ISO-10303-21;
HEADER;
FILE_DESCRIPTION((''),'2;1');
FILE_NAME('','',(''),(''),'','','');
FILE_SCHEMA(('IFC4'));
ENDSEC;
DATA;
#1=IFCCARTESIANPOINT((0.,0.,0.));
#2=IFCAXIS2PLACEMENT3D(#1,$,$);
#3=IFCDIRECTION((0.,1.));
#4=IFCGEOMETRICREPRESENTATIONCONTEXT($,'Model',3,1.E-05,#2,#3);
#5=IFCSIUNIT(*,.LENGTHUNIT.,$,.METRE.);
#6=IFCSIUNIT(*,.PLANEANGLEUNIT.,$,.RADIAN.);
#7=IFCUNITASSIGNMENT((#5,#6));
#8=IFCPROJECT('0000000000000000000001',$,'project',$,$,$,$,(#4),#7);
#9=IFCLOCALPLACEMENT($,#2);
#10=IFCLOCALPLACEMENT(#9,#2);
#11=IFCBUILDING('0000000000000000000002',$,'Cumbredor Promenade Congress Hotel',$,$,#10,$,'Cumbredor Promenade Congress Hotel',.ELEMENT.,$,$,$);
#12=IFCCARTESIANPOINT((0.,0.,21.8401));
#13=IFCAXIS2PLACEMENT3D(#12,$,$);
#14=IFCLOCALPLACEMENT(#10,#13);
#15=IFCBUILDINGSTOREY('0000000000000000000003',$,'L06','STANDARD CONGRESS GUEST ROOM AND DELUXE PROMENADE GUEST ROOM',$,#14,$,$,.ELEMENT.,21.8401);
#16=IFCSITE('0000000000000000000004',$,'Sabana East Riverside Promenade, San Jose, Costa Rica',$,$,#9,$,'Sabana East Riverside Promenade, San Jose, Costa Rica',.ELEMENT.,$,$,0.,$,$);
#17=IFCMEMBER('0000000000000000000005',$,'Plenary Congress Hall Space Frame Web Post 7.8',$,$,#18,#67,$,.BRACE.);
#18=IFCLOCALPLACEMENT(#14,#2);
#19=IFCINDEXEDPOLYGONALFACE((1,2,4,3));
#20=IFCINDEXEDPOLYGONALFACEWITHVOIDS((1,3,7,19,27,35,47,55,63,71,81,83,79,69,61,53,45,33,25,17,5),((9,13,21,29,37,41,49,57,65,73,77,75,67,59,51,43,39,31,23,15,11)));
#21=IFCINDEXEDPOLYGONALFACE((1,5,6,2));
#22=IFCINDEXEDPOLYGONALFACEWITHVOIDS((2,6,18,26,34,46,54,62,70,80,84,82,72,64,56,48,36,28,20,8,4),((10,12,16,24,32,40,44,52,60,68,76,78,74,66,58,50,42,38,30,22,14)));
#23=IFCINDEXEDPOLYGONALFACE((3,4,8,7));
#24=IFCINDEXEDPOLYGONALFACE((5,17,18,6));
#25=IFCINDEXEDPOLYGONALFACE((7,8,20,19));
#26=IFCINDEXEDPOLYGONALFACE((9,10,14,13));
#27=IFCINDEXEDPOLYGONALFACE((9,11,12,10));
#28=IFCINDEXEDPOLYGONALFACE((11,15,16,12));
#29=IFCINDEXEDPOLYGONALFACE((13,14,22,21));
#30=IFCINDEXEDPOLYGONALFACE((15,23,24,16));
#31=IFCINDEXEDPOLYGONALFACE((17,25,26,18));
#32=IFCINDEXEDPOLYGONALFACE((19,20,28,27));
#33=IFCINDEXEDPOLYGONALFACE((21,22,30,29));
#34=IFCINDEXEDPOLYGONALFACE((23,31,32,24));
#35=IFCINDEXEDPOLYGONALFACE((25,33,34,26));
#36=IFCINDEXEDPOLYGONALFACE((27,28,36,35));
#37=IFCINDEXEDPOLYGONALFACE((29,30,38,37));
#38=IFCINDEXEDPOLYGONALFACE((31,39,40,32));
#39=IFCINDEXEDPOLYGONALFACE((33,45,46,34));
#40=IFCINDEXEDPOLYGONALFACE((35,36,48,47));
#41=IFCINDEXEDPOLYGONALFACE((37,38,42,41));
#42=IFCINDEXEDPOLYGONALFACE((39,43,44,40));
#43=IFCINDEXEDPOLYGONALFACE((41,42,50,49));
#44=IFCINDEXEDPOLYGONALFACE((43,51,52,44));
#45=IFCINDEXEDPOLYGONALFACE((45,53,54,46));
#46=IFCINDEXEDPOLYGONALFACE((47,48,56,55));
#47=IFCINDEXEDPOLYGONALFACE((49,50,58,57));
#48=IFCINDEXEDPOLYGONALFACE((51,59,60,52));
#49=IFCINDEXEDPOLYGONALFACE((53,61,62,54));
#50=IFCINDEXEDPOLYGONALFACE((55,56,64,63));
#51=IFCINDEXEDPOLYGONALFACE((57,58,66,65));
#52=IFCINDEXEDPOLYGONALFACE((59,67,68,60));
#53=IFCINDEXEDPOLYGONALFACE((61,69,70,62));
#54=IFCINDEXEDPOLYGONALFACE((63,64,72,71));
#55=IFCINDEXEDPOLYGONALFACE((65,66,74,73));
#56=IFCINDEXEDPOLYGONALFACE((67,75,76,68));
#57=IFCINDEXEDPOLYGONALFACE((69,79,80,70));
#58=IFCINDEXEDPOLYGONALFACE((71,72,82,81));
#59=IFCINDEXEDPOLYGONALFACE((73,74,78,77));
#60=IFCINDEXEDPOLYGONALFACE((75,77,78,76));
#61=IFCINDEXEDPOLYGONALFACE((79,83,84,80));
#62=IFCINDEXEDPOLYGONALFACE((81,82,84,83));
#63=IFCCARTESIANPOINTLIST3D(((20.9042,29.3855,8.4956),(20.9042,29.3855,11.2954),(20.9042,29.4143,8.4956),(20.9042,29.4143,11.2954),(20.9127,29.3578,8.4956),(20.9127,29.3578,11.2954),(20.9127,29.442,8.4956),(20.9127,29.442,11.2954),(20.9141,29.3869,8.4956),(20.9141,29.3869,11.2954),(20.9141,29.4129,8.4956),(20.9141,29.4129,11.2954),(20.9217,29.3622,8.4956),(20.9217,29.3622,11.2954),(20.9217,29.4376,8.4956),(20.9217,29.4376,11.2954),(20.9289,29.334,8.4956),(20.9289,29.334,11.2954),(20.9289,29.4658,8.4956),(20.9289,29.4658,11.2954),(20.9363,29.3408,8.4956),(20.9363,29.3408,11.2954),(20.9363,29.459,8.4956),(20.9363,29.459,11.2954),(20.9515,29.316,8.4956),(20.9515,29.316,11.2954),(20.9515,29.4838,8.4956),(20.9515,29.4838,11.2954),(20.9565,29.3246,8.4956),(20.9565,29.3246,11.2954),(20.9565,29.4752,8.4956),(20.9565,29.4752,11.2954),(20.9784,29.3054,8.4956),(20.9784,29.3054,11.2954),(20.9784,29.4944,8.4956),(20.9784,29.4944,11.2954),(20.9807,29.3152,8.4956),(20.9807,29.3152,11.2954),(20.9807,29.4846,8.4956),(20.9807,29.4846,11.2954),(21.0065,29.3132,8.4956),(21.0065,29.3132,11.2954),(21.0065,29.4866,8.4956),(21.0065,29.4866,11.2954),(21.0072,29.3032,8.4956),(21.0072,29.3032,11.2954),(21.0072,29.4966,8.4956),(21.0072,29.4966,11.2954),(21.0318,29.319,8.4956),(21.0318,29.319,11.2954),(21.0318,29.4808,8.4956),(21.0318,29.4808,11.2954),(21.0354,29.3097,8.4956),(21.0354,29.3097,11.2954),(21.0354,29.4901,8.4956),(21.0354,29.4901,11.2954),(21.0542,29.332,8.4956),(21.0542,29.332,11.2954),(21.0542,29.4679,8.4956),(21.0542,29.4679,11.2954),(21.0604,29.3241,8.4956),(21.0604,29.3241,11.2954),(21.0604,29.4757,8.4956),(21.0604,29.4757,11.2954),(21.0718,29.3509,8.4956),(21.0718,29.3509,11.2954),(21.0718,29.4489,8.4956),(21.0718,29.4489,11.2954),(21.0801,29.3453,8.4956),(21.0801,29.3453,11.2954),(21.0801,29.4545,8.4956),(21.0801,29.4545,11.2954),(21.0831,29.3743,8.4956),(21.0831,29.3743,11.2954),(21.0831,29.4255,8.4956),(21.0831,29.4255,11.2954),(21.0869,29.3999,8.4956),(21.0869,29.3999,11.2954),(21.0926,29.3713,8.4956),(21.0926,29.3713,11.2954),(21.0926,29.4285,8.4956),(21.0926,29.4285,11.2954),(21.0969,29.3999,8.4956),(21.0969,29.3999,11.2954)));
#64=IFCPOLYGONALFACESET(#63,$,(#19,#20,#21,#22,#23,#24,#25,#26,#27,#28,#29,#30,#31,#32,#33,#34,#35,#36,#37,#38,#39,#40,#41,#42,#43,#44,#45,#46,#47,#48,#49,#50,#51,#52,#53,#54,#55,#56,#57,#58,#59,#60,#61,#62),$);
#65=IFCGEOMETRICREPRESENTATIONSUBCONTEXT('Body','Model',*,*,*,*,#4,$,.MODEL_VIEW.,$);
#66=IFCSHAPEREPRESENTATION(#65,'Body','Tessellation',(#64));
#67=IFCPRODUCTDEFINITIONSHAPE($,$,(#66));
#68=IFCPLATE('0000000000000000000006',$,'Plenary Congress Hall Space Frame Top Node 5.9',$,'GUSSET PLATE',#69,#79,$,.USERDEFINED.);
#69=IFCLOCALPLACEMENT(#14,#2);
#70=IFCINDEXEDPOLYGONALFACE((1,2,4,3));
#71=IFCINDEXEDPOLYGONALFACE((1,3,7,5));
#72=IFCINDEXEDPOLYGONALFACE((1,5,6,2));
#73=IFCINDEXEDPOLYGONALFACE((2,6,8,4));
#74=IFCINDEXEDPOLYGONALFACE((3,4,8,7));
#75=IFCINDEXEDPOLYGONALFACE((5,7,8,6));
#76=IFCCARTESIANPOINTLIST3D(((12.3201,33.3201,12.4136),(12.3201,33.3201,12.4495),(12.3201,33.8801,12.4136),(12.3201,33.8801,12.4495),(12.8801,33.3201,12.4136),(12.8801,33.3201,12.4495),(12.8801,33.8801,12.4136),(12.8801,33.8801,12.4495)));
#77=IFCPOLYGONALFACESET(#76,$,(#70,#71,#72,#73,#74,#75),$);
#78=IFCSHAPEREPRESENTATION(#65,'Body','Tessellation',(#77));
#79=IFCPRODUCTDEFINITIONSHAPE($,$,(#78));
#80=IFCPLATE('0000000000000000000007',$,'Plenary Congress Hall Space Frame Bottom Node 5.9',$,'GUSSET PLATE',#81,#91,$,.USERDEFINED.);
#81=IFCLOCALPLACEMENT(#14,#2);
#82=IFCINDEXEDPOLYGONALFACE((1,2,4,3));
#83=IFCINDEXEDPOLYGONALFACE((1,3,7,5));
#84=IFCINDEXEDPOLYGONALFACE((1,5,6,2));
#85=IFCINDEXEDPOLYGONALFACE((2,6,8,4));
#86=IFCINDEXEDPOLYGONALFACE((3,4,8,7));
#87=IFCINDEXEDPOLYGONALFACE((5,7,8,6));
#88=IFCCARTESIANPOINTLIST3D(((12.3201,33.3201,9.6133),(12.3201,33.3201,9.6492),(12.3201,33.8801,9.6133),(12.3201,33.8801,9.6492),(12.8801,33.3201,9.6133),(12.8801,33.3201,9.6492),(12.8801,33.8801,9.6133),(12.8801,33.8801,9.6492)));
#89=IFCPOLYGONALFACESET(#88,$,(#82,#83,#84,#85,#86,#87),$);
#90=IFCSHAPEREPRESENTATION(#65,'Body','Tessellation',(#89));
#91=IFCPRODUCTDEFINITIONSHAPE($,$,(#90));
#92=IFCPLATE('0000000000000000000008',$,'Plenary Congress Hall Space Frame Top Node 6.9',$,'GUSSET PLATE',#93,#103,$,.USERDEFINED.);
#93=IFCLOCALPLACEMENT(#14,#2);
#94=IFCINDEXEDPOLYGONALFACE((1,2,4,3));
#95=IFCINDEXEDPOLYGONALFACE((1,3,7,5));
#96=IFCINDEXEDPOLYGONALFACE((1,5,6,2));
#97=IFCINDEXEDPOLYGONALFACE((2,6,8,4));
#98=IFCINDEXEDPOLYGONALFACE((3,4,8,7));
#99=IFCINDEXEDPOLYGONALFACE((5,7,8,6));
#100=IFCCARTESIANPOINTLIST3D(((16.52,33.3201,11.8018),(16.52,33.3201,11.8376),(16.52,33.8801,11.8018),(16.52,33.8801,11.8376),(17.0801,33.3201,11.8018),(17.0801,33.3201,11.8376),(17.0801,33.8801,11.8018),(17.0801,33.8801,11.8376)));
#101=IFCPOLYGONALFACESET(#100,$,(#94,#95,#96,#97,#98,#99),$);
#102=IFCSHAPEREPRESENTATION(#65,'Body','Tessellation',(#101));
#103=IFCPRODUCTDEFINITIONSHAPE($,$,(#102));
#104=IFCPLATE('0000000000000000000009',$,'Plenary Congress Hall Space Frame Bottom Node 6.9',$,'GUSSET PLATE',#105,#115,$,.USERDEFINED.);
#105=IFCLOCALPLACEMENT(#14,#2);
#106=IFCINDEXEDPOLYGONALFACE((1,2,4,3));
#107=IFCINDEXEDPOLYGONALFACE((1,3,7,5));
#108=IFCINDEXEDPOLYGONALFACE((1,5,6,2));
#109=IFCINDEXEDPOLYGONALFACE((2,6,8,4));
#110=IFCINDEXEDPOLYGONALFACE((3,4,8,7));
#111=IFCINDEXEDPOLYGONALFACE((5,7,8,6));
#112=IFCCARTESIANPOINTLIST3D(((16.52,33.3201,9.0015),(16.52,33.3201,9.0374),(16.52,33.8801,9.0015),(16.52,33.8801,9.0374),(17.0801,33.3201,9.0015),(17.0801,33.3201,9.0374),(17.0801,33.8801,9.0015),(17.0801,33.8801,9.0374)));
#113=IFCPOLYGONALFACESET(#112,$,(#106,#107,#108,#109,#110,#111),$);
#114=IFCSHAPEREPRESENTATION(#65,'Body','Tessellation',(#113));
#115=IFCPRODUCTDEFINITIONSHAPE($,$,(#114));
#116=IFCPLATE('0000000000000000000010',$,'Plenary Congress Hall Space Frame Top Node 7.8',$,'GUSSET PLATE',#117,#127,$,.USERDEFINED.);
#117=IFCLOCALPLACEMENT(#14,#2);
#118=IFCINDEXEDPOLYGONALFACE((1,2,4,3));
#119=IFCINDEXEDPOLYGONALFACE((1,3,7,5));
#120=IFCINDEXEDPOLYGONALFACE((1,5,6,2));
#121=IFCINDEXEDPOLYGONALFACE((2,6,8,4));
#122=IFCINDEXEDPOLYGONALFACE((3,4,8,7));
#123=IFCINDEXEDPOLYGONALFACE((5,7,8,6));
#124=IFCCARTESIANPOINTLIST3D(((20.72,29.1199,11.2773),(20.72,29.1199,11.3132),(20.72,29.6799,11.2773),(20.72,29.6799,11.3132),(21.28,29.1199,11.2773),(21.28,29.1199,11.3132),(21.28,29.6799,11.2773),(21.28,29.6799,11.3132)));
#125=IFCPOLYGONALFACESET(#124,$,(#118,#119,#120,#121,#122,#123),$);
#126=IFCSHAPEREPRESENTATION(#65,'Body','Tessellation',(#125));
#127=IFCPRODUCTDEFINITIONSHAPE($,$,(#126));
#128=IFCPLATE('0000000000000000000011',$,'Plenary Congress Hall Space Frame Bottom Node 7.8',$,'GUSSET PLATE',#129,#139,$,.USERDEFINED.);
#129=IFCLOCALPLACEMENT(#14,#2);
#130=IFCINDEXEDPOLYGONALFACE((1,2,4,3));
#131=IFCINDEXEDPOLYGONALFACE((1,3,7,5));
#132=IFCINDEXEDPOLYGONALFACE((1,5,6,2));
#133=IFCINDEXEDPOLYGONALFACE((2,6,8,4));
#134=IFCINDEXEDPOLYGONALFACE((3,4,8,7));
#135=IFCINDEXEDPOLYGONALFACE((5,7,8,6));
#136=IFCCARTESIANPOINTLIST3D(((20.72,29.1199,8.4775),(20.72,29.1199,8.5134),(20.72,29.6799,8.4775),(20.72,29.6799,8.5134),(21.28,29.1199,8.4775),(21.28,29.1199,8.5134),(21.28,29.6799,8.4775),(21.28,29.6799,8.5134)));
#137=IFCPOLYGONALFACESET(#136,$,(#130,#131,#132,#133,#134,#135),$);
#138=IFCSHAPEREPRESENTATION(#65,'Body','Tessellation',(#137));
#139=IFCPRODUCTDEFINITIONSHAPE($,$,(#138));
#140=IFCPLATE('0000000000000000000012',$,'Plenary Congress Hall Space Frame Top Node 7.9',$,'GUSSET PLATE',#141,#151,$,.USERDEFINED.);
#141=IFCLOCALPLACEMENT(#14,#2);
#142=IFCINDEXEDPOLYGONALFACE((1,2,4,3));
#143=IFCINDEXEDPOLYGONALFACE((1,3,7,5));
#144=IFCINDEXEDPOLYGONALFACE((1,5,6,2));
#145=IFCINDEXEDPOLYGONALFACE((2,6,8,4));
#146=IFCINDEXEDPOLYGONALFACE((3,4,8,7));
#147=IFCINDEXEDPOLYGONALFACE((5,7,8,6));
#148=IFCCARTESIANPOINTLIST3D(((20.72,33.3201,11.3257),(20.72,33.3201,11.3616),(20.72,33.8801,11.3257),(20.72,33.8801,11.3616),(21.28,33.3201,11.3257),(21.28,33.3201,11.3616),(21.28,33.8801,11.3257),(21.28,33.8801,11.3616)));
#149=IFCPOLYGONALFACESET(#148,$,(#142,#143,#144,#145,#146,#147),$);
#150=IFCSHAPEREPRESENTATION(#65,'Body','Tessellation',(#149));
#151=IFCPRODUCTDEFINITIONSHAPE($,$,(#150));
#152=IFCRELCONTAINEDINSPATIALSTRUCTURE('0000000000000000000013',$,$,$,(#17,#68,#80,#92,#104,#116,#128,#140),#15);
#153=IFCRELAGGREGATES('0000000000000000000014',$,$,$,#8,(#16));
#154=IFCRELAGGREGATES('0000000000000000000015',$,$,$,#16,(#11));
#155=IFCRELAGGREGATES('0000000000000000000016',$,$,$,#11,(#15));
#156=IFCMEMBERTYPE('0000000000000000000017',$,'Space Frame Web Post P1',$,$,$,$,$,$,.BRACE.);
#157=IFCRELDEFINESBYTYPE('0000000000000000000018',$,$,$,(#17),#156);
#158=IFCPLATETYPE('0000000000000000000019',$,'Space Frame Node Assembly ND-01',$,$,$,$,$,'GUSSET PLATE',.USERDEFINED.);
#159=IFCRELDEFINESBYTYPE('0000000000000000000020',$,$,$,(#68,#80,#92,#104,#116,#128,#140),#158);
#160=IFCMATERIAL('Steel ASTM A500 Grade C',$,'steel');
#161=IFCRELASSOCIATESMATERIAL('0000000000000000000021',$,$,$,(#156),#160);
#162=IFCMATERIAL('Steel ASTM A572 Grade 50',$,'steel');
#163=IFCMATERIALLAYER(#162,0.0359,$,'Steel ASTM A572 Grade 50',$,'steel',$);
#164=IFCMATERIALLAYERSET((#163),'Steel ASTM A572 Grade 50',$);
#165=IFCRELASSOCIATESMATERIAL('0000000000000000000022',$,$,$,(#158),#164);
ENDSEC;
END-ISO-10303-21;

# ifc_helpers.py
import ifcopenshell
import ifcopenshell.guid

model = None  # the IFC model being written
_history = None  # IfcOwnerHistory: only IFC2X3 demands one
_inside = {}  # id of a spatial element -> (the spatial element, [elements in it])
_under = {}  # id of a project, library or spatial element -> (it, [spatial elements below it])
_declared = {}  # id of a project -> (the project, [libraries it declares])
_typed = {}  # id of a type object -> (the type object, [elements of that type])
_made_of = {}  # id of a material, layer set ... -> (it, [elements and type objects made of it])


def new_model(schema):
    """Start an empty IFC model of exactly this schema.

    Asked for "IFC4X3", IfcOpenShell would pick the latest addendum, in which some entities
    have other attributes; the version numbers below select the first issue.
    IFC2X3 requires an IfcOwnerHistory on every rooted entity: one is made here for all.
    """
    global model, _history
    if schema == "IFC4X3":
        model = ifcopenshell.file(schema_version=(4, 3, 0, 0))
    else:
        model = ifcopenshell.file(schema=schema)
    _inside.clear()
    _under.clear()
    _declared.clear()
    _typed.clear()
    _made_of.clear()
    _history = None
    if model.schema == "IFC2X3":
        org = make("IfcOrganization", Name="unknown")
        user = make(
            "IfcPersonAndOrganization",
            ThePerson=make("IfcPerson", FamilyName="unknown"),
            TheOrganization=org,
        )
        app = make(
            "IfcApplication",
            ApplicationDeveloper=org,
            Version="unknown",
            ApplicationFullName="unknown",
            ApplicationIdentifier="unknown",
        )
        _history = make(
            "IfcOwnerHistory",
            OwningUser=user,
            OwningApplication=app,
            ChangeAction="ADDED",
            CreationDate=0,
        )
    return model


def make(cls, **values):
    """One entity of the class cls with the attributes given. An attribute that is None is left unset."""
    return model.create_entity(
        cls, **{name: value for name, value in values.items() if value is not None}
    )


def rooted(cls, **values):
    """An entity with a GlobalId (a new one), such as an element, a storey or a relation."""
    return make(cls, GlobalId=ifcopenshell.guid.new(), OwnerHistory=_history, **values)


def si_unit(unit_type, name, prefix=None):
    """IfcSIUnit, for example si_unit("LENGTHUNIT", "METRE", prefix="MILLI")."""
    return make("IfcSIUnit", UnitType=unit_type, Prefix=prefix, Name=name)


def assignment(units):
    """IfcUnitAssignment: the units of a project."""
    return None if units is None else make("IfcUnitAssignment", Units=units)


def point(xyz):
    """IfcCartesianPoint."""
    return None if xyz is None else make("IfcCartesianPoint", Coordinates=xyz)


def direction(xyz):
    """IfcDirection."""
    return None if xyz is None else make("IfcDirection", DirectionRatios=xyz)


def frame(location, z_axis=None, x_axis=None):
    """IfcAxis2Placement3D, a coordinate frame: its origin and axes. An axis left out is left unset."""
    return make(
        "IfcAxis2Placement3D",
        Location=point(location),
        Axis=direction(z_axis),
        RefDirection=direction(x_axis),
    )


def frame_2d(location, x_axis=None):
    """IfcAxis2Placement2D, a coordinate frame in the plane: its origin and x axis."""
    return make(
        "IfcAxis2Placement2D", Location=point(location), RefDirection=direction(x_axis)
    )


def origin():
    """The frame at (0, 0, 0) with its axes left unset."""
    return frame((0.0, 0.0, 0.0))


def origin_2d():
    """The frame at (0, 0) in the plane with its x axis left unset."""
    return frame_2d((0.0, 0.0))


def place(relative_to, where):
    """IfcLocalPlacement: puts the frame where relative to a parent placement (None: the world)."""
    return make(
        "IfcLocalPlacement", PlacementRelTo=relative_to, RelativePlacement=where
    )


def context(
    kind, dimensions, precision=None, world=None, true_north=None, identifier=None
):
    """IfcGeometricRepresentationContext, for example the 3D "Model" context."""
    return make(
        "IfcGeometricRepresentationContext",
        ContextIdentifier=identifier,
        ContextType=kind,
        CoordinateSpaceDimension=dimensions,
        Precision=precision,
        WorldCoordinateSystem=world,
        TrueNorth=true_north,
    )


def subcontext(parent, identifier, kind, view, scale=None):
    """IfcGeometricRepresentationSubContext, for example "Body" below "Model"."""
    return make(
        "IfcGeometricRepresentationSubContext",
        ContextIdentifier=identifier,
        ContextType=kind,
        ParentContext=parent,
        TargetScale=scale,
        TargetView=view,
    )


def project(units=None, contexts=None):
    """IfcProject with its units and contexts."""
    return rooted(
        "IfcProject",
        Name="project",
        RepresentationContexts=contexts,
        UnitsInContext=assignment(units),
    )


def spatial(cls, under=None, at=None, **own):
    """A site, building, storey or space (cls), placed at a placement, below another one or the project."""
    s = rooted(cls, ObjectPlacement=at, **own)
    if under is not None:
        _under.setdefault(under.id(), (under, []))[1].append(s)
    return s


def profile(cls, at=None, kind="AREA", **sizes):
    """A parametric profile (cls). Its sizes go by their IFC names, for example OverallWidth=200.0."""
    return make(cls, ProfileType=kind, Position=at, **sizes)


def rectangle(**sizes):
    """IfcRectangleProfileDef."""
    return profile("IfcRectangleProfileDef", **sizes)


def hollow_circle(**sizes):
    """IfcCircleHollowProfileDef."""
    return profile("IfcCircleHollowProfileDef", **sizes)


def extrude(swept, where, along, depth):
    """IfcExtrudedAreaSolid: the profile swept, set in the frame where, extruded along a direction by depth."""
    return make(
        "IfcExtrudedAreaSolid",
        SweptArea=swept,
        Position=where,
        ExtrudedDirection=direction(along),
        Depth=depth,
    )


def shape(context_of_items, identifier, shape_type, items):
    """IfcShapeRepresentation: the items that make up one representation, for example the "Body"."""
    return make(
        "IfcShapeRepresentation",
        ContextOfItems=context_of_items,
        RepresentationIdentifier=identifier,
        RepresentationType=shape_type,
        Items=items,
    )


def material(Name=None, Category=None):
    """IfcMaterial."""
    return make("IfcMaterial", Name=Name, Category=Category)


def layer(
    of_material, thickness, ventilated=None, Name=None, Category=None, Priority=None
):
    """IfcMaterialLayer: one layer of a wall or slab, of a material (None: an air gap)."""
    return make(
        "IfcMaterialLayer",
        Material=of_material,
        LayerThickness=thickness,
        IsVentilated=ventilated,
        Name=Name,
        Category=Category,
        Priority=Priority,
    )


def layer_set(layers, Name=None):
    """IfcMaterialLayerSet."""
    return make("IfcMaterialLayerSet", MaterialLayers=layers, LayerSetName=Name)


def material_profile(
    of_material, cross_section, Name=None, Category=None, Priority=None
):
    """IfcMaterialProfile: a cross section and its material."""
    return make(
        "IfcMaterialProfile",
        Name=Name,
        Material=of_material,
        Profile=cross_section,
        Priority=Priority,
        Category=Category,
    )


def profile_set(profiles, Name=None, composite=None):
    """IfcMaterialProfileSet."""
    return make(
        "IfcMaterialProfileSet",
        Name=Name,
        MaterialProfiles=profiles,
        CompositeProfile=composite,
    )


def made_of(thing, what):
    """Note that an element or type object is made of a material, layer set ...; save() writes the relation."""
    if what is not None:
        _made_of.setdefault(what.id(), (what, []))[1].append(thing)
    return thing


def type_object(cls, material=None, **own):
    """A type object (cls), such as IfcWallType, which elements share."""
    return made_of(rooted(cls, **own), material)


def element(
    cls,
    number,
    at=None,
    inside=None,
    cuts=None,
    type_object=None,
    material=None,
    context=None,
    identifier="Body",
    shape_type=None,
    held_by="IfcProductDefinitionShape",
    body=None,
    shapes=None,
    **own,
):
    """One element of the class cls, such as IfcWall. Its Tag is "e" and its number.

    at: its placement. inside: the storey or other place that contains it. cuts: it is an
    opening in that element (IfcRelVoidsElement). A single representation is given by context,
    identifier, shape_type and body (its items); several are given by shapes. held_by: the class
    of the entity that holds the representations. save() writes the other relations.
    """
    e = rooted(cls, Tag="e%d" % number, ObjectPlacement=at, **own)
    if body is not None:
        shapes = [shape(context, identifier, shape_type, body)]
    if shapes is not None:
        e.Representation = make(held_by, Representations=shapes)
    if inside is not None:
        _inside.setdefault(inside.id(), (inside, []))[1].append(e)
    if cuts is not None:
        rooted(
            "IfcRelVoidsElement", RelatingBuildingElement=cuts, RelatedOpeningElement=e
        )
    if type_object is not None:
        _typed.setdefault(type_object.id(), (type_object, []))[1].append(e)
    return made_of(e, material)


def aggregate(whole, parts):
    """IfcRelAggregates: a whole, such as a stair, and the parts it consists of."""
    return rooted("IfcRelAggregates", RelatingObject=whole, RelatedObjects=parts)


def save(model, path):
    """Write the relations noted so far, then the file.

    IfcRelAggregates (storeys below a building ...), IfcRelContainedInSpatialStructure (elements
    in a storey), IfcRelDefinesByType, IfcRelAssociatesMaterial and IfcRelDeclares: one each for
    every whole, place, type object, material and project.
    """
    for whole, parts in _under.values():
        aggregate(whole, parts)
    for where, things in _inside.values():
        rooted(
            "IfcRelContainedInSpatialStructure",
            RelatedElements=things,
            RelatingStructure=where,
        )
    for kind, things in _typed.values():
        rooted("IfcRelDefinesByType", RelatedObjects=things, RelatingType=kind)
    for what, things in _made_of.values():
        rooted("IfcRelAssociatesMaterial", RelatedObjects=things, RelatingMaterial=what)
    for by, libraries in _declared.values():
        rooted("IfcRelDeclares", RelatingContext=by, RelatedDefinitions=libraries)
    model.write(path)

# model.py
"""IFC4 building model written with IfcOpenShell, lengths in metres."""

from ifc_helpers import new_model, si_unit, direction, frame, origin, origin_2d, place, context, subcontext, project, spatial, rectangle, hollow_circle, extrude, material, layer, layer_set, material_profile, profile_set, type_object, element, save


model = new_model("IFC4")

# Units and contexts
model_context = context("Model", 3, precision=1e-05, world=origin(), true_north=direction((0.0, 1.0)))
body_context = subcontext(model_context, "Body", "Model", "MODEL_VIEW")
ifc_project = project(units=[si_unit("LENGTHUNIT", "METRE"), si_unit("PLANEANGLEUNIT", "RADIAN")], contexts=[model_context])

# Site, building, storey
site_placement = place(None, origin())
site = spatial("IfcSite", under=ifc_project, at=site_placement, Name="Sabana East Riverside Promenade, San Jose, Costa Rica", LongName="Sabana East Riverside Promenade, San Jose, Costa Rica", CompositionType="ELEMENT", RefElevation=0.0)
building_placement = place(site_placement, origin())
building = spatial("IfcBuilding", under=site, at=building_placement, Name="Cumbredor Promenade Congress Hotel", LongName="Cumbredor Promenade Congress Hotel", CompositionType="ELEMENT")
storey_placement = place(building_placement, frame((0.0, 0.0, 21.8401)))
storey = spatial("IfcBuildingStorey", under=building, at=storey_placement, Name="L06", Description="STANDARD CONGRESS GUEST ROOM AND DELUXE PROMENADE GUEST ROOM", CompositionType="ELEMENT", Elevation=21.8401)

# Member
ifc_material_1 = material(Name="Steel ASTM A500 Grade C", Category="steel")
ifc_material_profile_1 = material_profile(ifc_material_1, hollow_circle(Radius=0.0969, WallThickness=0.01, at=origin_2d()), Name="CHS 193.7x10")
ifc_profile_set_1 = profile_set([ifc_material_profile_1], Name="Steel ASTM A500 Grade C")
member_type_1 = type_object("IfcMemberType", Name="Space Frame Web Post P1", PredefinedType="BRACE", material=ifc_profile_set_1)
member_1_placement = place(storey_placement, frame((21.0, 29.3999, 8.4956), z_axis=(0.0, 0.0, 1.0), x_axis=(1.0, 0.0, 0.0)))
element("IfcMember", 1, at=member_1_placement, inside=storey, type_object=member_type_1, Name="Plenary Congress Hall Space Frame Web Post 7.8", PredefinedType="BRACE", context=body_context, shape_type="SweptSolid", body=[
    extrude(hollow_circle(Radius=0.0969, WallThickness=0.01, at=origin_2d()), origin(), (0.0, 0.0, 1.0), 2.7998),
])

# Plates
ifc_material_2 = material(Name="Steel ASTM A572 Grade 50", Category="steel")
ifc_layer = layer(ifc_material_2, 0.0359, Name="Steel ASTM A572 Grade 50", Category="steel")
ifc_layer_set = layer_set([ifc_layer], Name="Steel ASTM A572 Grade 50")
plate_type = type_object("IfcPlateType", Name="Space Frame Node Assembly ND-01", ElementType="GUSSET PLATE", PredefinedType="USERDEFINED", material=ifc_layer_set)
for number, where, z_axis, x_axis, name in (
    (2, (12.6001, 33.6001, 12.4136), (0.0, 0.0, 1.0), (1.0, 0.0, 0.0), "Plenary Congress Hall Space Frame Top Node 5.9"),
    (3, (12.6001, 33.6001, 9.6133), (0.0, 0.0, 1.0), (1.0, 0.0, 0.0), "Plenary Congress Hall Space Frame Bottom Node 5.9"),
    (4, (16.8, 33.6001, 11.8018), (0.0, 0.0, 1.0), (1.0, 0.0, 0.0), "Plenary Congress Hall Space Frame Top Node 6.9"),
    (5, (16.8, 33.6001, 9.0015), (0.0, 0.0, 1.0), (1.0, 0.0, 0.0), "Plenary Congress Hall Space Frame Bottom Node 6.9"),
    (6, (21.0, 29.3999, 11.2773), (0.0, 0.0, 1.0), (1.0, 0.0, 0.0), "Plenary Congress Hall Space Frame Top Node 7.8"),
    (7, (21.0, 29.3999, 8.4775), (0.0, 0.0, 1.0), (1.0, 0.0, 0.0), "Plenary Congress Hall Space Frame Bottom Node 7.8"),
    (8, (21.0, 33.6001, 11.3257), (0.0, 0.0, 1.0), (1.0, 0.0, 0.0), "Plenary Congress Hall Space Frame Top Node 7.9"),
):
    element("IfcPlate", number, at=place(storey_placement, frame(where, z_axis=z_axis, x_axis=x_axis)), inside=storey, type_object=plate_type, Name=name, ObjectType="GUSSET PLATE", PredefinedType="USERDEFINED", context=body_context, shape_type="SweptSolid", body=[
        extrude(rectangle(XDim=0.5601, YDim=0.5601, at=origin_2d()), origin(), (0.0, 0.0, 1.0), 0.0359),
    ])

save(model, "model.ifc")
